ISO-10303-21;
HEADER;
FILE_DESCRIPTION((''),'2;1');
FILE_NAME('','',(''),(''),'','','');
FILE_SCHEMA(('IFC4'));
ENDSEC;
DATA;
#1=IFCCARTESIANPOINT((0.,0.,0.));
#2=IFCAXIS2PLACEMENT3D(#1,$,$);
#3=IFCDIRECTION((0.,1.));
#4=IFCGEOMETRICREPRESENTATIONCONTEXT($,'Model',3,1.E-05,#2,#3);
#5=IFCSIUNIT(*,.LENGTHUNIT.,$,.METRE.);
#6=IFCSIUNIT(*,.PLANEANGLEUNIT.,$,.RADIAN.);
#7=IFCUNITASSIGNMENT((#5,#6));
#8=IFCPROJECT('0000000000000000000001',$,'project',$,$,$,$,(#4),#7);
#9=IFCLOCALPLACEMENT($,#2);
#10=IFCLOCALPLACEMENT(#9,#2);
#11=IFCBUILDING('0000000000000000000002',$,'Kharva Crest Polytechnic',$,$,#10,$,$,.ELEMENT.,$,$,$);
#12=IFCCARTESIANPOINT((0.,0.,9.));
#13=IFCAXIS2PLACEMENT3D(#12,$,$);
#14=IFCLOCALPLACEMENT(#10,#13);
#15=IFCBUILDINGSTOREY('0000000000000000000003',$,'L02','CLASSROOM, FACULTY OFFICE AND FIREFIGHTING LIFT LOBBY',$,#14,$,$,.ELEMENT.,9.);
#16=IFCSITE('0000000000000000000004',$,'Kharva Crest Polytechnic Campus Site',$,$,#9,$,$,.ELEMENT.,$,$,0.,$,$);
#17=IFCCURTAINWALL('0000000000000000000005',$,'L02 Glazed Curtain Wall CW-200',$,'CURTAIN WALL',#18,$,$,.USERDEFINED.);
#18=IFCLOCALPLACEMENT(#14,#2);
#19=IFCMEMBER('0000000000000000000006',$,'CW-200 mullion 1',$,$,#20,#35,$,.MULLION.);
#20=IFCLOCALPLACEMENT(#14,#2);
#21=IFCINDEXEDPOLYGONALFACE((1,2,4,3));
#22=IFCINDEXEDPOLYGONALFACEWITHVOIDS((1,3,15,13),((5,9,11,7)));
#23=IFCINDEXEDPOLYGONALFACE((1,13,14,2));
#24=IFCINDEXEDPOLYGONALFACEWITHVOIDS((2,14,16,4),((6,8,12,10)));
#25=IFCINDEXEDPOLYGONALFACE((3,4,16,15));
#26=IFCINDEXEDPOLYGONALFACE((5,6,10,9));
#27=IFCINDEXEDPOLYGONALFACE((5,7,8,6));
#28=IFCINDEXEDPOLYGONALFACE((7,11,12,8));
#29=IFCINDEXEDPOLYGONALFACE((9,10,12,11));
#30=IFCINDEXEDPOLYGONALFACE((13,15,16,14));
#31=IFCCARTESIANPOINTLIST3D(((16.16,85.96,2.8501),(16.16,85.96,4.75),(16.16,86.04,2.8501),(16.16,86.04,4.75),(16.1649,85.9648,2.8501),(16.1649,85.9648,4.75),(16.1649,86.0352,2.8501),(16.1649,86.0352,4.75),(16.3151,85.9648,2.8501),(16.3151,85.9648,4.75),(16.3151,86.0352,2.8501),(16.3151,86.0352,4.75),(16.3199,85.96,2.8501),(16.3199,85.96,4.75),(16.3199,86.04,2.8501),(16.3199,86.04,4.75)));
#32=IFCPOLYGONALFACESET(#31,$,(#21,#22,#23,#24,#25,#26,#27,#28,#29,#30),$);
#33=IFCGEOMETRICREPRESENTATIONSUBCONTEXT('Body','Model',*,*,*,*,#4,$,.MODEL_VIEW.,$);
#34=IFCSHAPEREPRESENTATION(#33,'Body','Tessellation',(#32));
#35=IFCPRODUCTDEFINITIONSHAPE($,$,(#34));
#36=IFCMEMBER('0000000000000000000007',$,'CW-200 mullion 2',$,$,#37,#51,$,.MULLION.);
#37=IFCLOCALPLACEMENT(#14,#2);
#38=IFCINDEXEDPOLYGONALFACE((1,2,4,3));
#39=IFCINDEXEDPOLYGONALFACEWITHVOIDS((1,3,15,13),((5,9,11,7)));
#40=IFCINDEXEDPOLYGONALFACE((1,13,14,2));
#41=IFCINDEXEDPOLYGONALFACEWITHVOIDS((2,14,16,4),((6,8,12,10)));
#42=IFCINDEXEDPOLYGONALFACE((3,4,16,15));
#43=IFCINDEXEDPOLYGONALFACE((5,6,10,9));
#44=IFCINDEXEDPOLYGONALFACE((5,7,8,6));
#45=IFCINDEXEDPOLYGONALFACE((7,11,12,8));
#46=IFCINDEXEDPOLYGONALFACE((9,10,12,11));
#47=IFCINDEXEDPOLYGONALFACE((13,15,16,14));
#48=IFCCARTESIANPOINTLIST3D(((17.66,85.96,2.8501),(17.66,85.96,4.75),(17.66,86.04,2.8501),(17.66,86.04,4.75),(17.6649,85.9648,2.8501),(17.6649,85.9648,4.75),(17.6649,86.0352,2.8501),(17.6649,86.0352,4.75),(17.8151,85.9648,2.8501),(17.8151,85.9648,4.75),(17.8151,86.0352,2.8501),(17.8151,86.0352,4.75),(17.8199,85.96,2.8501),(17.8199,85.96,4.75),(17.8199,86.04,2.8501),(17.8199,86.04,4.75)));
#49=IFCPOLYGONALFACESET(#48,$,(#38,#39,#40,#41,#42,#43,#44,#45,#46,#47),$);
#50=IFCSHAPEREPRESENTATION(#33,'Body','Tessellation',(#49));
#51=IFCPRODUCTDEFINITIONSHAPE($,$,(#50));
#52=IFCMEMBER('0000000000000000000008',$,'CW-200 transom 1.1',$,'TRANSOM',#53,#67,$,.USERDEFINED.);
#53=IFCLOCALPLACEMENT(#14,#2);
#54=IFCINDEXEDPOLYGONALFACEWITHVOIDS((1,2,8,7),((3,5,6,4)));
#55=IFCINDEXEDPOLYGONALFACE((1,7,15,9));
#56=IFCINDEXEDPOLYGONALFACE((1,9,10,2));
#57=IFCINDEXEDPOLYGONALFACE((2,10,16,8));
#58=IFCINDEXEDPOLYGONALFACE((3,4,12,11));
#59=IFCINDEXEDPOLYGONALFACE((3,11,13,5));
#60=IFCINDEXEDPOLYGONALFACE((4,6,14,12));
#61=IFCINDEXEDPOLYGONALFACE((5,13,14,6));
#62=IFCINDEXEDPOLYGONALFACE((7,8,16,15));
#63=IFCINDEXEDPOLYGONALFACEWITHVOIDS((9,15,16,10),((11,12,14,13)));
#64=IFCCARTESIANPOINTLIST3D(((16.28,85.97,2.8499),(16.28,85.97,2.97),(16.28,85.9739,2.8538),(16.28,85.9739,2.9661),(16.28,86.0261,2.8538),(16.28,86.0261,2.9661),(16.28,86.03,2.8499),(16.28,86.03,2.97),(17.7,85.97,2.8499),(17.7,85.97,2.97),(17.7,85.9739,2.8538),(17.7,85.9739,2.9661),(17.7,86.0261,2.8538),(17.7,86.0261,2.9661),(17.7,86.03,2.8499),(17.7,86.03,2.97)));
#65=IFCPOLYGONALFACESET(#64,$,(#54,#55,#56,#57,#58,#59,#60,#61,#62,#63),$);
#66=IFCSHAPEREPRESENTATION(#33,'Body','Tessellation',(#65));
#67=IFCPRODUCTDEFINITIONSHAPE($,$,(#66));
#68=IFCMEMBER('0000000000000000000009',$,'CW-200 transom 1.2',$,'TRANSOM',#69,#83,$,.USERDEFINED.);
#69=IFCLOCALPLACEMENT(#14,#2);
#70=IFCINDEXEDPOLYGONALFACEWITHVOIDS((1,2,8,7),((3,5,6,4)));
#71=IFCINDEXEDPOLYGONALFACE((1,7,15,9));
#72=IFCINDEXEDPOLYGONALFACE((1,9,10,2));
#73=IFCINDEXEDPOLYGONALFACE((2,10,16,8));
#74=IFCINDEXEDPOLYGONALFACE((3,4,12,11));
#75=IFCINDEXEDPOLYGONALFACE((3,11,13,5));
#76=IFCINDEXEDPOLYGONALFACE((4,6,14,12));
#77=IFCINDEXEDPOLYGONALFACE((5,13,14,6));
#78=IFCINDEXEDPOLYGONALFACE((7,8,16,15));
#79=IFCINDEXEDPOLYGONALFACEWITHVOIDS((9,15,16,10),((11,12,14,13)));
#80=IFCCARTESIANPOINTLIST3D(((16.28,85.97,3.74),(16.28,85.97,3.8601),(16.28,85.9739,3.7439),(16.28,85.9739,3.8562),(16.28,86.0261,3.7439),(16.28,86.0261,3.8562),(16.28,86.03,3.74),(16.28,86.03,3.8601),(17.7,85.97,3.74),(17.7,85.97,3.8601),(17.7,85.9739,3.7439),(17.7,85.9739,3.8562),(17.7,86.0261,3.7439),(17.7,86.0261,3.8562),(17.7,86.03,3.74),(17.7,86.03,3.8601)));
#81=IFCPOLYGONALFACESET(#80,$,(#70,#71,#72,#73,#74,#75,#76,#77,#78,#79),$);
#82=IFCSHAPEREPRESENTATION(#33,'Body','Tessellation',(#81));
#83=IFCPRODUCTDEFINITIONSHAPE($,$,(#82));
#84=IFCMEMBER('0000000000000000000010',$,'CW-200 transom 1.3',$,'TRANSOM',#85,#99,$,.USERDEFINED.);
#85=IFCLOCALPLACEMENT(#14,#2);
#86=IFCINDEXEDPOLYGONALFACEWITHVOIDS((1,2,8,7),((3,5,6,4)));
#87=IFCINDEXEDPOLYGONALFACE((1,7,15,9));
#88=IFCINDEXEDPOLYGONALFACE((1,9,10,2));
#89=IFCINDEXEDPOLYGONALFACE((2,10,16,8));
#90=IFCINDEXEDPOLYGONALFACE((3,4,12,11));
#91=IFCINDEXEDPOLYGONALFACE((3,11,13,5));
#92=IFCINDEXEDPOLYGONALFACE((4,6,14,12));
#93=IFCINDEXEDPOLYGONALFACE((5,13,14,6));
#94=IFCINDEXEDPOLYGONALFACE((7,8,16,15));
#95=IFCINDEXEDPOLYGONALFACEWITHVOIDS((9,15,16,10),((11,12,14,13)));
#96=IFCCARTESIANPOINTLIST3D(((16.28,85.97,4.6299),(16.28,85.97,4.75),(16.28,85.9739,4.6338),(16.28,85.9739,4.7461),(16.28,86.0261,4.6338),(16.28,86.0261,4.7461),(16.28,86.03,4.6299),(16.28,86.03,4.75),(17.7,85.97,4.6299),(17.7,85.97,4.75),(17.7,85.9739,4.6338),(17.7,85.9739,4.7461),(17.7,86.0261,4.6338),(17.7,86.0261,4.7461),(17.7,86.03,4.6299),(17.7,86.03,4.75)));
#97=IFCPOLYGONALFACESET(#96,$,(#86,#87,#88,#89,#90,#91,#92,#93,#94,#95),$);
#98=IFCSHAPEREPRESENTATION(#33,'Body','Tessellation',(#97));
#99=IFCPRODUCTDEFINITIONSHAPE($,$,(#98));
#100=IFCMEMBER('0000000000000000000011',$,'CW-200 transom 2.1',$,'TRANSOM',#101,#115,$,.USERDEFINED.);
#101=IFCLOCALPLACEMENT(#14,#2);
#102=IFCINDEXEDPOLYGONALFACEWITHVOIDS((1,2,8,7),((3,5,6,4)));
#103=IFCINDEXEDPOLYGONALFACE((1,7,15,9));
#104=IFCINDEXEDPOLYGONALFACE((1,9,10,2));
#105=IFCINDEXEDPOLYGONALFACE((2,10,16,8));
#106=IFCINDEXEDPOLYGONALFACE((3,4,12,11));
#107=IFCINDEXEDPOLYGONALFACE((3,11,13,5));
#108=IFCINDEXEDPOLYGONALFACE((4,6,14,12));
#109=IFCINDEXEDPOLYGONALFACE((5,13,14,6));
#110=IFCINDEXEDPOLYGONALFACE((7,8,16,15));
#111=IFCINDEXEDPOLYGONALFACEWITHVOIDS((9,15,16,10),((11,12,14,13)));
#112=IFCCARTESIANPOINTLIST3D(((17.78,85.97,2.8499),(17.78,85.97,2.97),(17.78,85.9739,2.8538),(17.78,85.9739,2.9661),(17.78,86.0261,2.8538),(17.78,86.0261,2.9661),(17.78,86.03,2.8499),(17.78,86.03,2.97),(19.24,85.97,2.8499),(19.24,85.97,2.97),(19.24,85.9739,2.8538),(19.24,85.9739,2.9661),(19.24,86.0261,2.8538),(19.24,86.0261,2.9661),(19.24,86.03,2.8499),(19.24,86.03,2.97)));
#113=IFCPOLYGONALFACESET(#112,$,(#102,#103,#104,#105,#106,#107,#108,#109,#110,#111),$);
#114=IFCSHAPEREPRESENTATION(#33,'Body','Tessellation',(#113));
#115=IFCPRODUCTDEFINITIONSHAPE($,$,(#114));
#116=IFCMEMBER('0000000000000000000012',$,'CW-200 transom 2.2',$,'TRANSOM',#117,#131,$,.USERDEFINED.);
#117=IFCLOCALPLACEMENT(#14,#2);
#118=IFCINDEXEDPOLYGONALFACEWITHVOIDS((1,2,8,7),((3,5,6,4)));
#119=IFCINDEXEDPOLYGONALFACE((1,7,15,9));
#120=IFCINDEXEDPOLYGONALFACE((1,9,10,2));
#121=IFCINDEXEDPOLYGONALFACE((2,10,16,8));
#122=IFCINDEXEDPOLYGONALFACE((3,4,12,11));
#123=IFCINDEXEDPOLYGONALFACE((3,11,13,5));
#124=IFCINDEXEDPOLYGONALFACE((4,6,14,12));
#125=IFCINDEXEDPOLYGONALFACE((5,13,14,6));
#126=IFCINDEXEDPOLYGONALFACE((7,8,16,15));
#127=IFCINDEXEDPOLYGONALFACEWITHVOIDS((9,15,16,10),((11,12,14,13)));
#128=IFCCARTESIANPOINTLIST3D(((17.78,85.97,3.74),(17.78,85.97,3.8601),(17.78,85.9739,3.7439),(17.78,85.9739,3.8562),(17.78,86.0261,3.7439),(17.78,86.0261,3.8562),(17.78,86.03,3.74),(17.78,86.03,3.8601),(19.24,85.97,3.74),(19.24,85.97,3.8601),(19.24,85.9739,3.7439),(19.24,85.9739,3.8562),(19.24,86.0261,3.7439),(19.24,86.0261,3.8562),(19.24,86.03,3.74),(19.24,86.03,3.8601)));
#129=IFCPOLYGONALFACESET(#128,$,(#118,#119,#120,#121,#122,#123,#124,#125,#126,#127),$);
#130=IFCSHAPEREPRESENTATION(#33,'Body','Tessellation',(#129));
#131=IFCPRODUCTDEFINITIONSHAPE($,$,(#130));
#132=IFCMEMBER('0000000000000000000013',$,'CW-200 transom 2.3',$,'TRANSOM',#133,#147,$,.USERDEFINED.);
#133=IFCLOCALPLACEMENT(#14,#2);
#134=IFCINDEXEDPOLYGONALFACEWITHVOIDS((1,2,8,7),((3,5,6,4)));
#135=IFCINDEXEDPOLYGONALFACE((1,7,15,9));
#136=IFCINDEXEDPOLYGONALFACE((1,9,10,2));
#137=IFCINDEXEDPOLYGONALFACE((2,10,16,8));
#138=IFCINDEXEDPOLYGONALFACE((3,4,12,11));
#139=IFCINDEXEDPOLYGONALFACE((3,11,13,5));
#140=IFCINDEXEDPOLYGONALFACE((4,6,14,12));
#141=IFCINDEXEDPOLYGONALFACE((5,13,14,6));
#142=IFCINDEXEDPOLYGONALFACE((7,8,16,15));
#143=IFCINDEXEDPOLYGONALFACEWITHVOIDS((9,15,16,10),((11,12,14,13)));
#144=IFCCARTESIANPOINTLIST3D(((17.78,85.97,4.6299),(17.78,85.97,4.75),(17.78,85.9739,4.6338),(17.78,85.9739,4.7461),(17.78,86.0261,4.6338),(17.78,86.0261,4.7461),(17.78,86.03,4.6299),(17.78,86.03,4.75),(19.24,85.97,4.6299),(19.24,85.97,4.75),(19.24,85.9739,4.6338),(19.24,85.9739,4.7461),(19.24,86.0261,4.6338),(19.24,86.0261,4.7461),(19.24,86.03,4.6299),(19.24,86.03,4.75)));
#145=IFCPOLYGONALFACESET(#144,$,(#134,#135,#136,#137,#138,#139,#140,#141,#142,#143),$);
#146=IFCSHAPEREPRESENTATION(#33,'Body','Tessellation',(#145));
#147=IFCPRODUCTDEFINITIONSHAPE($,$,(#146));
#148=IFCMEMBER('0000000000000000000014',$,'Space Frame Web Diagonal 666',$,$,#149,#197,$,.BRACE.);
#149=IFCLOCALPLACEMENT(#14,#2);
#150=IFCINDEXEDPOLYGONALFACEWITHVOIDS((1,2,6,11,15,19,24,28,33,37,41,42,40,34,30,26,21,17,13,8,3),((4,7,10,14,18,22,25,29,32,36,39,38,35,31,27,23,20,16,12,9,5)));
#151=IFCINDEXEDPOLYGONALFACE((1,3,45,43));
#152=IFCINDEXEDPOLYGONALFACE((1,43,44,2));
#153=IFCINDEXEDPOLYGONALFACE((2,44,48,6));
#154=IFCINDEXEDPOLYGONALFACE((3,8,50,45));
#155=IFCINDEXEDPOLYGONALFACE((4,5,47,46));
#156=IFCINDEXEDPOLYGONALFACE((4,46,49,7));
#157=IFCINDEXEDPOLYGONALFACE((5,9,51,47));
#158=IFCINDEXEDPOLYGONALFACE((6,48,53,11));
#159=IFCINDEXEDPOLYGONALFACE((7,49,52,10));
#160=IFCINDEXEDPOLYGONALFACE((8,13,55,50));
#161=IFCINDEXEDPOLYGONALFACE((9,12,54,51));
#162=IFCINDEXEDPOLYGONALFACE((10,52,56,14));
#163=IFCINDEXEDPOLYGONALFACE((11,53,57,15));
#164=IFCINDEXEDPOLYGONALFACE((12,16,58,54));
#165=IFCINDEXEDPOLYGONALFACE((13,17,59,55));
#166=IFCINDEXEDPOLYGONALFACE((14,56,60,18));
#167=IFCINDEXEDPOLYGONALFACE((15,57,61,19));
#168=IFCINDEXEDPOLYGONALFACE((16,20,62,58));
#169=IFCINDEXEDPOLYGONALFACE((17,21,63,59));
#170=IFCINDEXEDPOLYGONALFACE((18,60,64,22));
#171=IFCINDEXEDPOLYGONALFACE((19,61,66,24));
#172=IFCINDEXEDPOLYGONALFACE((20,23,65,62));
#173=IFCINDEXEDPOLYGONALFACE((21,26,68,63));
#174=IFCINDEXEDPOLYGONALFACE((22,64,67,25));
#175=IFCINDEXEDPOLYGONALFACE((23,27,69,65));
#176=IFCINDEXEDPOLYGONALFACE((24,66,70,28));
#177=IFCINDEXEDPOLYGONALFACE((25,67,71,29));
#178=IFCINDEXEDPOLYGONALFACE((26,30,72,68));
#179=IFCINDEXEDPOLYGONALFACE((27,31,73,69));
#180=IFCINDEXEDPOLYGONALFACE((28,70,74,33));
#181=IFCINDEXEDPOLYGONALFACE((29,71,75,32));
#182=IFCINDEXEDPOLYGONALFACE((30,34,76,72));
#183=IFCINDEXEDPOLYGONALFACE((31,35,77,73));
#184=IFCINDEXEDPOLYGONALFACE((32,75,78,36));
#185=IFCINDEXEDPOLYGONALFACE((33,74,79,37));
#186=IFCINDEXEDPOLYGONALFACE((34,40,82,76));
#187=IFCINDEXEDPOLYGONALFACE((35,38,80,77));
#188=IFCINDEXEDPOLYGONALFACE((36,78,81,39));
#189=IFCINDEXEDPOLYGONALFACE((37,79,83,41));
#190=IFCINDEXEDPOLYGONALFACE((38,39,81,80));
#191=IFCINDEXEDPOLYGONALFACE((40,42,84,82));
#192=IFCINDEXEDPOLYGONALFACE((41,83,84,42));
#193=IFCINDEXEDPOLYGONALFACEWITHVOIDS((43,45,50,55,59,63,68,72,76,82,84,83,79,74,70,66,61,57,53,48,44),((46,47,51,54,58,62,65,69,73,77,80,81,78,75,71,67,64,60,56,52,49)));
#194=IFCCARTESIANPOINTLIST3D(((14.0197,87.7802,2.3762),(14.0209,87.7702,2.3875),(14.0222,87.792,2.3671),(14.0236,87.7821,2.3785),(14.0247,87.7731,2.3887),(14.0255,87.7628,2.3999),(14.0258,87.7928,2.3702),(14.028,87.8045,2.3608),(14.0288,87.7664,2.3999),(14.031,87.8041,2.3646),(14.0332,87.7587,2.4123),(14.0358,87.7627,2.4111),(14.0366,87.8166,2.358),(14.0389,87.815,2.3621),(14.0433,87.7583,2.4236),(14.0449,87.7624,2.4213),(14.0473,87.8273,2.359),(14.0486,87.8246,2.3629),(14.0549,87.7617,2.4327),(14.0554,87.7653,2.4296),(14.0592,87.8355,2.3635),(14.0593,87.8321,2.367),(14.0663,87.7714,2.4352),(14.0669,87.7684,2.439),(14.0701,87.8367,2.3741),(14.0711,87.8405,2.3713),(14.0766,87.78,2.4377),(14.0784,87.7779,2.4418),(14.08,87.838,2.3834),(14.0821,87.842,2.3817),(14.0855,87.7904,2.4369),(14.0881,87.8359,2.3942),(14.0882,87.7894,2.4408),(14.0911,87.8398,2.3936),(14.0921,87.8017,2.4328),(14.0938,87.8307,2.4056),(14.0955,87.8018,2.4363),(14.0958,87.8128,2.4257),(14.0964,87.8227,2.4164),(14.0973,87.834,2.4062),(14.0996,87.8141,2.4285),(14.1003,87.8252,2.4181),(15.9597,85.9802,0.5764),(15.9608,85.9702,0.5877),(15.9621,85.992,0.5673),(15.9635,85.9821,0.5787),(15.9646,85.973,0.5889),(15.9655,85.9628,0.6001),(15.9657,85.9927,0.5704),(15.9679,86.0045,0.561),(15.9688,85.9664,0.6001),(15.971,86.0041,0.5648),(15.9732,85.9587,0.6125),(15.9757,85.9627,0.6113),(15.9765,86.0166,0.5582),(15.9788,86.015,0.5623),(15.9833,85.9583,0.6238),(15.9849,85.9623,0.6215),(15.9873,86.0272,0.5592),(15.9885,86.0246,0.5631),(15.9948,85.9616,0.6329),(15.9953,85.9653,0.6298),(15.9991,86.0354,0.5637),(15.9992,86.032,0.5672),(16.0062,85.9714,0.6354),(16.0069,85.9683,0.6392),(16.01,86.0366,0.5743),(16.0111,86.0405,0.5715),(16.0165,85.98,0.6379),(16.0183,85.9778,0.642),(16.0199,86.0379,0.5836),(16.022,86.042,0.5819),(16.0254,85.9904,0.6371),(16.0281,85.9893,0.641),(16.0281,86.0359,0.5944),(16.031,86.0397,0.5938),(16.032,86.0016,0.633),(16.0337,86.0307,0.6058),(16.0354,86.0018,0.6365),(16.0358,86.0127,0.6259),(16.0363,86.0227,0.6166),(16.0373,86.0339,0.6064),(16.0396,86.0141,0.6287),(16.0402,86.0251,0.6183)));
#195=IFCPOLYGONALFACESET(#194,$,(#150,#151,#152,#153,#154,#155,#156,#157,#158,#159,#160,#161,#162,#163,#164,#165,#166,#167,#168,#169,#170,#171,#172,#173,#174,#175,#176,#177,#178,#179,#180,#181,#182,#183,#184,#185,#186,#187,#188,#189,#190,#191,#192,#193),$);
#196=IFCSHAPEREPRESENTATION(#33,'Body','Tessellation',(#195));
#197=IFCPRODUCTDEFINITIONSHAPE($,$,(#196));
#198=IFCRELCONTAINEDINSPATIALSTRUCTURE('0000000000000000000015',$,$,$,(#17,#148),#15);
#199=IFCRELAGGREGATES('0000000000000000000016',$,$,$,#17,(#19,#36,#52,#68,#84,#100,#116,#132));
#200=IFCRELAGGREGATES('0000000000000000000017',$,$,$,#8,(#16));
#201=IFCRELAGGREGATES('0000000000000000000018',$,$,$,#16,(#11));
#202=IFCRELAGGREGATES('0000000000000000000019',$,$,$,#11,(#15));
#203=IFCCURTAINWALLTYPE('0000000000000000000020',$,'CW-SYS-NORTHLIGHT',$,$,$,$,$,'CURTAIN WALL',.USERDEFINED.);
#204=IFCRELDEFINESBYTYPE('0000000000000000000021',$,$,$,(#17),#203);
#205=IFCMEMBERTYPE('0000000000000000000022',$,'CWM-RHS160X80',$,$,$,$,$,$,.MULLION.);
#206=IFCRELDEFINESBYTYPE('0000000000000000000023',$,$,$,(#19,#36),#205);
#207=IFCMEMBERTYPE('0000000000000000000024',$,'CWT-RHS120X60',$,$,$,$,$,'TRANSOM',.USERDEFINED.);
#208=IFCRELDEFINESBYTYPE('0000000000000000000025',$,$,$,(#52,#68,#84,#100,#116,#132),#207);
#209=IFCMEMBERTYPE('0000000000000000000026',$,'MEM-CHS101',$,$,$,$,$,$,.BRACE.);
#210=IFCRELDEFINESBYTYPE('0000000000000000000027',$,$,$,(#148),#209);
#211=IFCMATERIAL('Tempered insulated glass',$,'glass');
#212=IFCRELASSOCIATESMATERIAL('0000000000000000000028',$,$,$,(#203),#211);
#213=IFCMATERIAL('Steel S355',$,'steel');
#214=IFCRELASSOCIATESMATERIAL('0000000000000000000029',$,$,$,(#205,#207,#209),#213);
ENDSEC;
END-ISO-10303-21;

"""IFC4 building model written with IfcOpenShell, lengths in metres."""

from ifc_helpers import new_model, si_unit, direction, frame, origin, origin_2d, place, context, subcontext, project, spatial, hollow_rectangle, hollow_circle, extrude, material, material_profile, profile_set, type_object, element, aggregate, save


model = new_model("IFC4")

# Units and contexts
model_context = context("Model", 3, precision=1e-05, world=origin(), true_north=direction((0.0, 1.0)))
body_context = subcontext(model_context, "Body", "Model", "MODEL_VIEW")
ifc_project = project(units=[si_unit("LENGTHUNIT", "METRE"), si_unit("PLANEANGLEUNIT", "RADIAN")], contexts=[model_context])

# Site, building, storey
site_placement = place(None, origin())
site = spatial("IfcSite", under=ifc_project, at=site_placement, Name="Kharva Crest Polytechnic Campus Site", CompositionType="ELEMENT", RefElevation=0.0)
building_placement = place(site_placement, origin())
building = spatial("IfcBuilding", under=site, at=building_placement, Name="Kharva Crest Polytechnic", CompositionType="ELEMENT")
storey_placement = place(building_placement, frame((0.0, 0.0, 9.0)))
storey = spatial("IfcBuildingStorey", under=building, at=storey_placement, Name="L02", Description="CLASSROOM, FACULTY OFFICE AND FIREFIGHTING LIFT LOBBY", CompositionType="ELEMENT", Elevation=9.0)

# Curtain wall, members
ifc_material_1 = material(Name="Tempered insulated glass", Category="glass")
curtain_wall_type = type_object("IfcCurtainWallType", Name="CW-SYS-NORTHLIGHT", ElementType="CURTAIN WALL", PredefinedType="USERDEFINED", material=ifc_material_1)
curtain_wall_1_placement = place(storey_placement, origin())
curtain_wall_1 = element("IfcCurtainWall", 1, at=curtain_wall_1_placement, inside=storey, type_object=curtain_wall_type, Name="L02 Glazed Curtain Wall CW-200", ObjectType="CURTAIN WALL", PredefinedType="USERDEFINED")
ifc_material_2 = material(Name="Steel S355", Category="steel")
ifc_material_profile_1 = material_profile(ifc_material_2, hollow_rectangle(XDim=0.0801, YDim=0.1599, WallThickness=0.0049, at=origin_2d()), Name="RHS 160X80X5.0")
ifc_profile_set_1 = profile_set([ifc_material_profile_1], Name="Steel S355")
member_type_1 = type_object("IfcMemberType", Name="CWM-RHS160X80", PredefinedType="MULLION", material=ifc_profile_set_1)
member_1_placement = place(storey_placement, frame((16.24, 86.0, 2.8501), z_axis=(0.0, 0.0, 1.0), x_axis=(0.0, 1.0, 0.0)))
member_1 = element("IfcMember", 2, at=member_1_placement, type_object=member_type_1, Name="CW-200 mullion 1", PredefinedType="MULLION", context=body_context, shape_type="SweptSolid", body=[
    extrude(hollow_rectangle(XDim=0.0801, YDim=0.1599, WallThickness=0.0049, at=origin_2d()), origin(), (0.0, 0.0, 1.0), 1.8999),
])
member_2_placement = place(storey_placement, frame((17.74, 86.0, 2.8501), z_axis=(0.0, 0.0, 1.0), x_axis=(0.0, 1.0, 0.0)))
member_2 = element("IfcMember", 3, at=member_2_placement, type_object=member_type_1, Name="CW-200 mullion 2", PredefinedType="MULLION", context=body_context, shape_type="SweptSolid", body=[
    extrude(hollow_rectangle(XDim=0.0801, YDim=0.1599, WallThickness=0.0049, at=origin_2d()), origin(), (0.0, 0.0, 1.0), 1.8999),
])
ifc_material_profile_2 = material_profile(ifc_material_2, hollow_rectangle(XDim=0.0601, YDim=0.1201, WallThickness=0.0039, at=origin_2d()), Name="RHS 120X60X4.0")
ifc_profile_set_2 = profile_set([ifc_material_profile_2], Name="Steel S355")
member_type_2 = type_object("IfcMemberType", Name="CWT-RHS120X60", ElementType="TRANSOM", PredefinedType="USERDEFINED", material=ifc_profile_set_2)
member_3_placement = place(storey_placement, frame((16.28, 86.0, 2.9099), z_axis=(1.0, 0.0, 0.0), x_axis=(0.0, 1.0, 0.0)))
member_3 = element("IfcMember", 4, at=member_3_placement, type_object=member_type_2, Name="CW-200 transom 1.1", ObjectType="TRANSOM", PredefinedType="USERDEFINED", context=body_context, shape_type="SweptSolid", body=[
    extrude(hollow_rectangle(XDim=0.0601, YDim=0.1201, WallThickness=0.0039, at=origin_2d()), origin(), (0.0, 0.0, 1.0), 1.4199),
])
member_4_placement = place(storey_placement, frame((16.28, 86.0, 3.8), z_axis=(1.0, 0.0, 0.0), x_axis=(0.0, 1.0, 0.0)))
member_4 = element("IfcMember", 5, at=member_4_placement, type_object=member_type_2, Name="CW-200 transom 1.2", ObjectType="TRANSOM", PredefinedType="USERDEFINED", context=body_context, shape_type="SweptSolid", body=[
    extrude(hollow_rectangle(XDim=0.0601, YDim=0.1201, WallThickness=0.0039, at=origin_2d()), origin(), (0.0, 0.0, 1.0), 1.4199),
])
member_5_placement = place(storey_placement, frame((16.28, 86.0, 4.6899), z_axis=(1.0, 0.0, 0.0), x_axis=(0.0, 1.0, 0.0)))
member_5 = element("IfcMember", 6, at=member_5_placement, type_object=member_type_2, Name="CW-200 transom 1.3", ObjectType="TRANSOM", PredefinedType="USERDEFINED", context=body_context, shape_type="SweptSolid", body=[
    extrude(hollow_rectangle(XDim=0.0601, YDim=0.1201, WallThickness=0.0039, at=origin_2d()), origin(), (0.0, 0.0, 1.0), 1.4199),
])
member_6_placement = place(storey_placement, frame((17.78, 86.0, 2.9099), z_axis=(1.0, 0.0, 0.0), x_axis=(0.0, 1.0, 0.0)))
member_6 = element("IfcMember", 7, at=member_6_placement, type_object=member_type_2, Name="CW-200 transom 2.1", ObjectType="TRANSOM", PredefinedType="USERDEFINED", context=body_context, shape_type="SweptSolid", body=[
    extrude(hollow_rectangle(XDim=0.0601, YDim=0.1201, WallThickness=0.0039, at=origin_2d()), origin(), (0.0, 0.0, 1.0), 1.46),
])
member_7_placement = place(storey_placement, frame((17.78, 86.0, 3.8), z_axis=(1.0, 0.0, 0.0), x_axis=(0.0, 1.0, 0.0)))
member_7 = element("IfcMember", 8, at=member_7_placement, type_object=member_type_2, Name="CW-200 transom 2.2", ObjectType="TRANSOM", PredefinedType="USERDEFINED", context=body_context, shape_type="SweptSolid", body=[
    extrude(hollow_rectangle(XDim=0.0601, YDim=0.1201, WallThickness=0.0039, at=origin_2d()), origin(), (0.0, 0.0, 1.0), 1.46),
])
member_8_placement = place(storey_placement, frame((17.78, 86.0, 4.6899), z_axis=(1.0, 0.0, 0.0), x_axis=(0.0, 1.0, 0.0)))
member_8 = element("IfcMember", 9, at=member_8_placement, type_object=member_type_2, Name="CW-200 transom 2.3", ObjectType="TRANSOM", PredefinedType="USERDEFINED", context=body_context, shape_type="SweptSolid", body=[
    extrude(hollow_rectangle(XDim=0.0601, YDim=0.1201, WallThickness=0.0039, at=origin_2d()), origin(), (0.0, 0.0, 1.0), 1.46),
])

# Member
ifc_material_profile_3 = material_profile(ifc_material_2, hollow_circle(Radius=0.0508, WallThickness=0.0049, at=origin_2d()), Name="CHS 101.6X5.0")
ifc_profile_set_3 = profile_set([ifc_material_profile_3], Name="Steel S355")
member_type_3 = type_object("IfcMemberType", Name="MEM-CHS101", PredefinedType="BRACE", material=ifc_profile_set_3)
member_9_placement = place(storey_placement, frame((16.0, 86.0, 0.6001), z_axis=(-0.606147, 0.562437, 0.562361), x_axis=(-0.680182, -0.733043, 0.0)))
element("IfcMember", 10, at=member_9_placement, inside=storey, type_object=member_type_3, Name="Space Frame Web Diagonal 666", PredefinedType="BRACE", context=body_context, shape_type="SweptSolid", body=[
    extrude(hollow_circle(Radius=0.0508, WallThickness=0.0049, at=origin_2d()), origin(), (0.0, 0.0, 1.0), 3.2004),
])

aggregate(curtain_wall_1, [member_1, member_2, member_3, member_4, member_5, member_6, member_7, member_8])

save(model, "model.ifc")
